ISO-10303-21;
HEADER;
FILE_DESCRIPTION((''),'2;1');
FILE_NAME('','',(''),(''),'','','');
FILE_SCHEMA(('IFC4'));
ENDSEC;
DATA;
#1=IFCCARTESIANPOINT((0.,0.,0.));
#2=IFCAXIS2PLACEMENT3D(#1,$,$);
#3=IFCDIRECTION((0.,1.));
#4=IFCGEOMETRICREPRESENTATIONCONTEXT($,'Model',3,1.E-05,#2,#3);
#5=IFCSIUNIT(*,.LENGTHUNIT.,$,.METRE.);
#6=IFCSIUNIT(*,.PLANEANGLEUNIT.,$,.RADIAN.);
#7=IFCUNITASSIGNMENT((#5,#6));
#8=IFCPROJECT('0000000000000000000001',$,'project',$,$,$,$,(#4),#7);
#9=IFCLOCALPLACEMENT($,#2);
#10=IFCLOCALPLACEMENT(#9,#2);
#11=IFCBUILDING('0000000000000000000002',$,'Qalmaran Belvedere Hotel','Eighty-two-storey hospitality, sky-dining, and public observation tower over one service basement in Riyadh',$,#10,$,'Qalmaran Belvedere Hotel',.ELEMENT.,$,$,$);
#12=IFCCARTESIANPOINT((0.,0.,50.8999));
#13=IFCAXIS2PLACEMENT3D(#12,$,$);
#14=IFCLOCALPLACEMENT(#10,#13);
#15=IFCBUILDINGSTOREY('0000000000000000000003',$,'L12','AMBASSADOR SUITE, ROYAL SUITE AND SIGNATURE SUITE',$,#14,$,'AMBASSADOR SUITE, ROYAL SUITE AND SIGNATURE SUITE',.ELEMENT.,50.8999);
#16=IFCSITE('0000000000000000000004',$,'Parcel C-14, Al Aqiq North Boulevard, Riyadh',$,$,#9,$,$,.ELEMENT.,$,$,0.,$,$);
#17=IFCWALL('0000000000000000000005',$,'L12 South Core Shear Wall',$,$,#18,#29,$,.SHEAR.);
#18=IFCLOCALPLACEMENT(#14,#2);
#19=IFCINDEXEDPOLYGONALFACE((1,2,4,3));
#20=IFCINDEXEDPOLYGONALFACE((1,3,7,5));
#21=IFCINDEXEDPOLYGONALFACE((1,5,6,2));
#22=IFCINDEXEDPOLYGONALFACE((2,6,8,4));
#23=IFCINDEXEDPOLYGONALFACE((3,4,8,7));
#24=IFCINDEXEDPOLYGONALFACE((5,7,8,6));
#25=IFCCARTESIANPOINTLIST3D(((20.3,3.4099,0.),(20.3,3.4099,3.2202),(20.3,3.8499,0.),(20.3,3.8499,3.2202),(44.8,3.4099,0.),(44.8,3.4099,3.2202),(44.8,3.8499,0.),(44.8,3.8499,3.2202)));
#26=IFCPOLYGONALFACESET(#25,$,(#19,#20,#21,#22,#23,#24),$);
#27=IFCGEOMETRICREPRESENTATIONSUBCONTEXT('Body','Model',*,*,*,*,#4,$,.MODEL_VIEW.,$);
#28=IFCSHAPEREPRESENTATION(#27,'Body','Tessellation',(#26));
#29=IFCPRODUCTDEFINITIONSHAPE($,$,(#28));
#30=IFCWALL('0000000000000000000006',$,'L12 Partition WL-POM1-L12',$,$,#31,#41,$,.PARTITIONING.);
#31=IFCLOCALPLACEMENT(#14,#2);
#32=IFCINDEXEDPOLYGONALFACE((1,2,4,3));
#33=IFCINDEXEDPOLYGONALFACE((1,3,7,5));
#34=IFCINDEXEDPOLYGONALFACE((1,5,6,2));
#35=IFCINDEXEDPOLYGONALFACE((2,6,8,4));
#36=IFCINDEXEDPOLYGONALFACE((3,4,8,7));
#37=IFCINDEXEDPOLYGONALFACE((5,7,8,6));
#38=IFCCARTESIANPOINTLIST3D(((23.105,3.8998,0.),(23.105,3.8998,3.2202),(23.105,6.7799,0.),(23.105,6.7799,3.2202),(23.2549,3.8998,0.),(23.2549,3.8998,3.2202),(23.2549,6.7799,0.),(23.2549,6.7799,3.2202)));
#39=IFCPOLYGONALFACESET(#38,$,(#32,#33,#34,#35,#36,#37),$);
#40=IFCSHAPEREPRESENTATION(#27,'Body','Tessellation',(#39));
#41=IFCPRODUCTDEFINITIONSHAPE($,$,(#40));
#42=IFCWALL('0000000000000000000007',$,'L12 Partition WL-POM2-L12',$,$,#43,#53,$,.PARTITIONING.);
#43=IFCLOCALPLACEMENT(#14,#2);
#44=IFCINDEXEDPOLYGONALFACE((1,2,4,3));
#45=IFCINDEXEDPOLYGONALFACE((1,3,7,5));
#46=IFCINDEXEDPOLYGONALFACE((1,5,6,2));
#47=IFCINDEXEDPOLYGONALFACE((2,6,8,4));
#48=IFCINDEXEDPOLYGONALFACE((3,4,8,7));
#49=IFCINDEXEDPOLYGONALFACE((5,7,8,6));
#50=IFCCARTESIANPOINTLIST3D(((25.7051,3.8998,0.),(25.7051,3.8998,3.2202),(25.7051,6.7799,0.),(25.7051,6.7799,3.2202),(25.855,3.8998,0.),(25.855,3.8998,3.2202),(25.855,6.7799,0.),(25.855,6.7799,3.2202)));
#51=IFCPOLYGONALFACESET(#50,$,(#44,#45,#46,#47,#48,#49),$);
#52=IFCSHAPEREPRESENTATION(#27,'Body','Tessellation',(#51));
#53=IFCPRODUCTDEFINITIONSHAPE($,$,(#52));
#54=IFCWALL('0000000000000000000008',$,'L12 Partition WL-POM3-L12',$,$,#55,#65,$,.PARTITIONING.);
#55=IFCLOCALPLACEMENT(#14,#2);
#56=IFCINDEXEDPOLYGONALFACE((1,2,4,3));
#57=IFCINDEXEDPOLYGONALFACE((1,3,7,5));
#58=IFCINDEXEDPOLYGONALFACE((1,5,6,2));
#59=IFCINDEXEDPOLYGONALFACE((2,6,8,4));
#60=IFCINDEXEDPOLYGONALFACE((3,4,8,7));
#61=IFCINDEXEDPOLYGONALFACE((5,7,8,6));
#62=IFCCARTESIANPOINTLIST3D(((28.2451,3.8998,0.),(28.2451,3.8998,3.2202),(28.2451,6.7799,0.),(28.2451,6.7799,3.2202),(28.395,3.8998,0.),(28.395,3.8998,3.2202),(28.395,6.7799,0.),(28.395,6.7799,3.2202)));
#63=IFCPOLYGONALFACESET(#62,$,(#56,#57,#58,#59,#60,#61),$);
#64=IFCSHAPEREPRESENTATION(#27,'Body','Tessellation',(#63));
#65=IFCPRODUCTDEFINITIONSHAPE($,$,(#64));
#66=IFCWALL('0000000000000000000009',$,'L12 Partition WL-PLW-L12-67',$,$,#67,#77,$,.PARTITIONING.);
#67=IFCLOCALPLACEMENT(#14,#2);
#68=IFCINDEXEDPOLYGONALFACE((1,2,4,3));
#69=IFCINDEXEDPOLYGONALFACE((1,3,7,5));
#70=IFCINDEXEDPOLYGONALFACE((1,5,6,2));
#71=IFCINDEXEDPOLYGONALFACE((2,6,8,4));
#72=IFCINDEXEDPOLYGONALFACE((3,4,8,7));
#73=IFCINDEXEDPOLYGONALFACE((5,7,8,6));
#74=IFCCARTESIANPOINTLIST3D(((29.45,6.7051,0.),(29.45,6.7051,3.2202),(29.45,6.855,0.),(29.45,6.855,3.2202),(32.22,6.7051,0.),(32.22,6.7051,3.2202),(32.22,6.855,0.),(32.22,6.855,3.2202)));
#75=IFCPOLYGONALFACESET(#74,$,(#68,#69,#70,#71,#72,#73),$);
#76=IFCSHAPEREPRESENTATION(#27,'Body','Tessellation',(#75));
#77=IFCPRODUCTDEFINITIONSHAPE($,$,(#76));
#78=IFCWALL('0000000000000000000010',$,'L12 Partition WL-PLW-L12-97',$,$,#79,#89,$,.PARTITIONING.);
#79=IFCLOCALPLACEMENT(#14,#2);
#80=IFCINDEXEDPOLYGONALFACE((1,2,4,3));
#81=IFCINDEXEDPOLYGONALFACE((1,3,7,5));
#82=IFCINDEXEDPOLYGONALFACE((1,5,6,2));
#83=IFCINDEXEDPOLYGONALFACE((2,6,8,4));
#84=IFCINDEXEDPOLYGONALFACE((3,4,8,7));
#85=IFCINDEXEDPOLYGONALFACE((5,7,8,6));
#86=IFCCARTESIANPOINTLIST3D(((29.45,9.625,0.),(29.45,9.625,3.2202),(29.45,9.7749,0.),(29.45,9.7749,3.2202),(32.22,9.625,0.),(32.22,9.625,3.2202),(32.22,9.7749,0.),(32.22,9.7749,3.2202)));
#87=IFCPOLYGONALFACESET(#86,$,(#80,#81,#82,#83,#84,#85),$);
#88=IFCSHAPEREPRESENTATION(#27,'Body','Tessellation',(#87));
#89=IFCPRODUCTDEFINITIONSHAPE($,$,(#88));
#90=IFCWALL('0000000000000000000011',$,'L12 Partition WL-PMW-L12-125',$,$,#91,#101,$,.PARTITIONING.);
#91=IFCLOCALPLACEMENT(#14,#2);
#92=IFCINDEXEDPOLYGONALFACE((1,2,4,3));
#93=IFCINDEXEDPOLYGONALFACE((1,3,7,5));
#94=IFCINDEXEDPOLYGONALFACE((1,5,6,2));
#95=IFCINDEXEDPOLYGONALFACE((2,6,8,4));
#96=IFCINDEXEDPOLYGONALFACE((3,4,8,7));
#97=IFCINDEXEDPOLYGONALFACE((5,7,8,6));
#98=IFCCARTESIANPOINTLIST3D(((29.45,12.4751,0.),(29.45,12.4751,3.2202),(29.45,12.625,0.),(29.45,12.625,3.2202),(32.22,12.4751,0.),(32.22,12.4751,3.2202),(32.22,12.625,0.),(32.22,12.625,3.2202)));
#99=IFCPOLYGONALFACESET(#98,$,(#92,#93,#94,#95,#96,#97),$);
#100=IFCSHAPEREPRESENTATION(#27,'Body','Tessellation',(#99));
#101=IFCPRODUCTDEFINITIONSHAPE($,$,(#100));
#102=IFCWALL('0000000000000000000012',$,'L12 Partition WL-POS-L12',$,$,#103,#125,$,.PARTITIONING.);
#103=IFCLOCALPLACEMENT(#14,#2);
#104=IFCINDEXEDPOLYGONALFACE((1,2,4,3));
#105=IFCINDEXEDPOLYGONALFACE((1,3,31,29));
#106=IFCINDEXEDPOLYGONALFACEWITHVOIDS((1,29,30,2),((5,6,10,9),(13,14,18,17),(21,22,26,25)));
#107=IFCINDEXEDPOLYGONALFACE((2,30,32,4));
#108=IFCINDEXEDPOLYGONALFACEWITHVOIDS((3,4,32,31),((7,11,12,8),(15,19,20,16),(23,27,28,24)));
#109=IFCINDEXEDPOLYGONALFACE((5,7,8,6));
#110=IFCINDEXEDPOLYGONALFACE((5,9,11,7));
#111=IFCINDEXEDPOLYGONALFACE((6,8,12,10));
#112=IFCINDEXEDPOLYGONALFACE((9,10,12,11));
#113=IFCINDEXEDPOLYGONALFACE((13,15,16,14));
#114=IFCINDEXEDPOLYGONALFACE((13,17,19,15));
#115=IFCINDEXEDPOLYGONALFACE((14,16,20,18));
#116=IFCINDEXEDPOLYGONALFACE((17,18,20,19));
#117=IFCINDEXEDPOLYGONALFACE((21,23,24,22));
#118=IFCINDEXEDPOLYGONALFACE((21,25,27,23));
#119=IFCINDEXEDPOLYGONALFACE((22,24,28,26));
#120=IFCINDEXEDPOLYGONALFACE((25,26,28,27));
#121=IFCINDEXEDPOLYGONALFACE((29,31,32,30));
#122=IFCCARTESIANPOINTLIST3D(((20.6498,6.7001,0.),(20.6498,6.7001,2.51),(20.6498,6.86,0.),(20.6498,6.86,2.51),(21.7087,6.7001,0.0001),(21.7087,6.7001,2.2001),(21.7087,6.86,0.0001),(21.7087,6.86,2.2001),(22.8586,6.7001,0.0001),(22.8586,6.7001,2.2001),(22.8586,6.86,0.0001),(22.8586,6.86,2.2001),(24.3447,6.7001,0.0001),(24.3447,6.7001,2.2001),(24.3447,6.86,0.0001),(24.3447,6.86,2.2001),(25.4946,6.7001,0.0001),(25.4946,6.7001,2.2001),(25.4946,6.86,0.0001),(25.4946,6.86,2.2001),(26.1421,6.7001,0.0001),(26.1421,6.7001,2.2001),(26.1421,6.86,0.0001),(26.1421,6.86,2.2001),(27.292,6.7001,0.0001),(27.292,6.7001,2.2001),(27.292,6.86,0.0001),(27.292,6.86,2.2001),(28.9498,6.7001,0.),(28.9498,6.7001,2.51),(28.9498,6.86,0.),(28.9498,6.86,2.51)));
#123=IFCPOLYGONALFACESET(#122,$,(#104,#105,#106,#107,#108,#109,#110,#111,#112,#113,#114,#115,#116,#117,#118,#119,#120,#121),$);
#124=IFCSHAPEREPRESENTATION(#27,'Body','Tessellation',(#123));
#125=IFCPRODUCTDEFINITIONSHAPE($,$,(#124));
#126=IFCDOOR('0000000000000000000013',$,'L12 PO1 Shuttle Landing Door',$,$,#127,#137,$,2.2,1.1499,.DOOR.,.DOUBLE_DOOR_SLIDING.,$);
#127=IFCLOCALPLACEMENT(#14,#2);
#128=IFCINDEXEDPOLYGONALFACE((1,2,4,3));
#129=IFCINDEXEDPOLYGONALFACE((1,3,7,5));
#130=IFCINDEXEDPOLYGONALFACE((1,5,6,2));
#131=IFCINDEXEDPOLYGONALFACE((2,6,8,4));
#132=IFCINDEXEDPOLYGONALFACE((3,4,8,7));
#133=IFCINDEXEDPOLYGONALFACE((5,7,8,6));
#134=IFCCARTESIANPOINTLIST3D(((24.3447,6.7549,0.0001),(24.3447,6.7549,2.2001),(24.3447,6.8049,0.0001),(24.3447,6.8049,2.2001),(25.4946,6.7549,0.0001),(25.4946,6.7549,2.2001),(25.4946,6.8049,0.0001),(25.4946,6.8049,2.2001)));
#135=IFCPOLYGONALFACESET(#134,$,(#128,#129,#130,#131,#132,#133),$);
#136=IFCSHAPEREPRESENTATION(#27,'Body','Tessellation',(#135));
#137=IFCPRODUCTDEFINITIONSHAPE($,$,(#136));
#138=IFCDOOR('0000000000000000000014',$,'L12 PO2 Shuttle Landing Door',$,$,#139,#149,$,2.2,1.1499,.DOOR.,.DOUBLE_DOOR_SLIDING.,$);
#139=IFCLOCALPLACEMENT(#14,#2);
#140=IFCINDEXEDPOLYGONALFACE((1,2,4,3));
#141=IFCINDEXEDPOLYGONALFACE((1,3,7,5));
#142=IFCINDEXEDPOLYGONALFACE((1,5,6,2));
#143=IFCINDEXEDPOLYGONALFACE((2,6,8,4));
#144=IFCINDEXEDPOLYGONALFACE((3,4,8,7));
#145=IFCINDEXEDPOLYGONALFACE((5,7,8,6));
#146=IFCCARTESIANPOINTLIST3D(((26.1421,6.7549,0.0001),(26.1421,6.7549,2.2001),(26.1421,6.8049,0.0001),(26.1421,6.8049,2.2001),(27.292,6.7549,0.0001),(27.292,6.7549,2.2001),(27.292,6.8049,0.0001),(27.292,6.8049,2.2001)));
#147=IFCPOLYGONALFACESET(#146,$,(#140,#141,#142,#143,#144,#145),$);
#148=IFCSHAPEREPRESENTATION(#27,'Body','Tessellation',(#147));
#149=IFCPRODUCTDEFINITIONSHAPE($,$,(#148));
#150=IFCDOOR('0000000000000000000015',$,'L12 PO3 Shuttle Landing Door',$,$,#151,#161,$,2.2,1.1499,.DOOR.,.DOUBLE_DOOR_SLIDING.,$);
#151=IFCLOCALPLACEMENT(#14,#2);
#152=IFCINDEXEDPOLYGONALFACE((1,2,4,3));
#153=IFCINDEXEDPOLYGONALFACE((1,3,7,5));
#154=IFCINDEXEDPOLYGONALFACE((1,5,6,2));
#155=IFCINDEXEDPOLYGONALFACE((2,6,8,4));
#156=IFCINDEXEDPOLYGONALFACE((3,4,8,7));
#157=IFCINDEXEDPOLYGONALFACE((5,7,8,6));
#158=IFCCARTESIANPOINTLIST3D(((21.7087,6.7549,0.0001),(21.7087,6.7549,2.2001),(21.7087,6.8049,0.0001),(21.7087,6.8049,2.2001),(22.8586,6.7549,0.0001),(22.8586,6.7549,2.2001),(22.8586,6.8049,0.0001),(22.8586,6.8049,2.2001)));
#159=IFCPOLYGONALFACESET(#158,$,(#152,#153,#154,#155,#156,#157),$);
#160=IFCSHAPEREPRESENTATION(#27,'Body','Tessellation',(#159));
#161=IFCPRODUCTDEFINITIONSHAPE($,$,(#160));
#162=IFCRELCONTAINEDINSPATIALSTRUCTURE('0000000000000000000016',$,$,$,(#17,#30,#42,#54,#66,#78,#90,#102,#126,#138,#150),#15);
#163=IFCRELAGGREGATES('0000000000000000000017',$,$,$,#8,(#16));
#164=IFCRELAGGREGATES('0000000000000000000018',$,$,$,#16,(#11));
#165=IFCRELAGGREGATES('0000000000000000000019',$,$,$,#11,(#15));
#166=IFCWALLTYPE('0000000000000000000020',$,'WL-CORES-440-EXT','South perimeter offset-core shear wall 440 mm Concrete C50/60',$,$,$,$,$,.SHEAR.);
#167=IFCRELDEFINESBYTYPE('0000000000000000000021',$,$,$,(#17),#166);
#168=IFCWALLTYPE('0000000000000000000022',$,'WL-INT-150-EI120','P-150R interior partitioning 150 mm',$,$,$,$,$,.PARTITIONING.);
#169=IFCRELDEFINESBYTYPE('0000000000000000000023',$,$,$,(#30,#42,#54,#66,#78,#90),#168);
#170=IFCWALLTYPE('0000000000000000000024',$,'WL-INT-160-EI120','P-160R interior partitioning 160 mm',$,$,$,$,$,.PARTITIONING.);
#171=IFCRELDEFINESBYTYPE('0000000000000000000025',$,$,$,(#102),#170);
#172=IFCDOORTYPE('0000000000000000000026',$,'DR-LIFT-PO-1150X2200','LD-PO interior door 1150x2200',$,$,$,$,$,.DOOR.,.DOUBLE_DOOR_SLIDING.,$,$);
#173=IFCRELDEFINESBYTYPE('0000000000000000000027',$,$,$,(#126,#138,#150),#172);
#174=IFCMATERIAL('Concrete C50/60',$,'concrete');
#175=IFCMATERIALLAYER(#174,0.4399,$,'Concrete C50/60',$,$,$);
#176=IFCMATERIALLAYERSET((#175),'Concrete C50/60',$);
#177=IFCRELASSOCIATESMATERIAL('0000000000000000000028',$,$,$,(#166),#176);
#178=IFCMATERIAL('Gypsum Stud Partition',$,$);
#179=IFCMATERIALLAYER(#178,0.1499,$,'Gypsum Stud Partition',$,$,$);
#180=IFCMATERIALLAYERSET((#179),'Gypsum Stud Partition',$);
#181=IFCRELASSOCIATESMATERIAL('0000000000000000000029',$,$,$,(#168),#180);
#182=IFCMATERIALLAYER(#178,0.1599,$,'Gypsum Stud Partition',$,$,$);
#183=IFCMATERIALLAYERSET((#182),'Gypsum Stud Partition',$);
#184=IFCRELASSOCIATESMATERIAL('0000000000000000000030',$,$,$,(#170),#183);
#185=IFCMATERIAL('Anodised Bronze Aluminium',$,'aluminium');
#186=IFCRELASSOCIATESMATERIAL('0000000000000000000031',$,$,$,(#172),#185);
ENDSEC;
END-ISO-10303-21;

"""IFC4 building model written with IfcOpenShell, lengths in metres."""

from ifc_helpers import new_model, si_unit, direction, frame, frame_2d, origin, place, context, subcontext, project, spatial, rectangle, extrude, material, layer, layer_set, type_object, element, fill, save


model = new_model("IFC4")

# Units and contexts
model_context = context("Model", 3, precision=1e-05, world=origin(), true_north=direction((0.0, 1.0)))
body_context = subcontext(model_context, "Body", "Model", "MODEL_VIEW")
ifc_project = project(units=[si_unit("LENGTHUNIT", "METRE"), si_unit("PLANEANGLEUNIT", "RADIAN")], contexts=[model_context])

# Site, building, storey
site_placement = place(None, origin())
site = spatial("IfcSite", under=ifc_project, at=site_placement, Name="Parcel C-14, Al Aqiq North Boulevard, Riyadh", CompositionType="ELEMENT", RefElevation=0.0)
building_placement = place(site_placement, origin())
building = spatial("IfcBuilding", under=site, at=building_placement, Name="Qalmaran Belvedere Hotel", Description="Eighty-two-storey hospitality, sky-dining, and public observation tower over one service basement in Riyadh", LongName="Qalmaran Belvedere Hotel", CompositionType="ELEMENT")
storey_placement = place(building_placement, frame((0.0, 0.0, 50.8999)))
storey = spatial("IfcBuildingStorey", under=building, at=storey_placement, Name="L12", Description="AMBASSADOR SUITE, ROYAL SUITE AND SIGNATURE SUITE", LongName="AMBASSADOR SUITE, ROYAL SUITE AND SIGNATURE SUITE", CompositionType="ELEMENT", Elevation=50.8999)

# Shared definitions
ifc_material_1 = material(Name="Anodised Bronze Aluminium", Category="aluminium")

# Walls
ifc_material_2 = material(Name="Concrete C50/60", Category="concrete")
ifc_layer_1 = layer(ifc_material_2, 0.4399, Name="Concrete C50/60")
ifc_layer_set_1 = layer_set([ifc_layer_1], Name="Concrete C50/60")
wall_type_1 = type_object("IfcWallType", Name="WL-CORES-440-EXT", Description="South perimeter offset-core shear wall 440 mm Concrete C50/60", PredefinedType="SHEAR", material=ifc_layer_set_1)
wall_1_placement = place(storey_placement, frame((20.3, 3.6299, 0.0), z_axis=(0.0, 0.0, 1.0), x_axis=(1.0, 0.0, 0.0)))
element("IfcWall", 1, at=wall_1_placement, inside=storey, type_object=wall_type_1, Name="L12 South Core Shear Wall", PredefinedType="SHEAR", context=body_context, shape_type="SweptSolid", body=[
    extrude(rectangle(XDim=24.5, YDim=0.4399, at=frame_2d((12.25, 0.0))), origin(), (0.0, 0.0, 1.0), 3.2202),
])
ifc_material_3 = material(Name="Gypsum Stud Partition")
ifc_layer_2 = layer(ifc_material_3, 0.1499, Name="Gypsum Stud Partition")
ifc_layer_set_2 = layer_set([ifc_layer_2], Name="Gypsum Stud Partition")
wall_type_2 = type_object("IfcWallType", Name="WL-INT-150-EI120", Description="P-150R interior partitioning 150 mm", PredefinedType="PARTITIONING", material=ifc_layer_set_2)
for number, where, z_axis, x_axis, name in (
    (2, (23.1799, 3.8999, 0.0), (0.0, 0.0, 1.0), (0.0, 1.0, 0.0), "L12 Partition WL-POM1-L12"),
    (3, (25.78, 3.8999, 0.0), (0.0, 0.0, 1.0), (0.0, 1.0, 0.0), "L12 Partition WL-POM2-L12"),
    (4, (28.3201, 3.8999, 0.0), (0.0, 0.0, 1.0), (0.0, 1.0, 0.0), "L12 Partition WL-POM3-L12"),
):
    element("IfcWall", number, at=place(storey_placement, frame(where, z_axis=z_axis, x_axis=x_axis)), inside=storey, type_object=wall_type_2, Name=name, PredefinedType="PARTITIONING", context=body_context, shape_type="SweptSolid", body=[
        extrude(rectangle(XDim=2.8801, YDim=0.1499, at=frame_2d((1.4399, 0.0))), origin(), (0.0, 0.0, 1.0), 3.2202),
    ])
for number, where, z_axis, x_axis, name in (
    (5, (29.45, 6.78, 0.0), (0.0, 0.0, 1.0), (1.0, 0.0, 0.0), "L12 Partition WL-PLW-L12-67"),
    (6, (29.45, 9.7, 0.0), (0.0, 0.0, 1.0), (1.0, 0.0, 0.0), "L12 Partition WL-PLW-L12-97"),
    (7, (29.45, 12.55, 0.0), (0.0, 0.0, 1.0), (1.0, 0.0, 0.0), "L12 Partition WL-PMW-L12-125"),
):
    element("IfcWall", number, at=place(storey_placement, frame(where, z_axis=z_axis, x_axis=x_axis)), inside=storey, type_object=wall_type_2, Name=name, PredefinedType="PARTITIONING", context=body_context, shape_type="SweptSolid", body=[
        extrude(rectangle(XDim=2.77, YDim=0.1499, at=frame_2d((1.385, 0.0))), origin(), (0.0, 0.0, 1.0), 3.2202),
    ])

# Wall, openings, doors
ifc_layer_3 = layer(ifc_material_3, 0.1599, Name="Gypsum Stud Partition")
ifc_layer_set_3 = layer_set([ifc_layer_3], Name="Gypsum Stud Partition")
wall_type_3 = type_object("IfcWallType", Name="WL-INT-160-EI120", Description="P-160R interior partitioning 160 mm", PredefinedType="PARTITIONING", material=ifc_layer_set_3)
wall_2_placement = place(storey_placement, frame((20.6499, 6.78, 0.0), z_axis=(0.0, 0.0, 1.0), x_axis=(1.0, 0.0, 0.0)))
wall_2 = element("IfcWall", 8, at=wall_2_placement, inside=storey, type_object=wall_type_3, Name="L12 Partition WL-POS-L12", PredefinedType="PARTITIONING", context=body_context, shape_type="SweptSolid", body=[
    extrude(rectangle(XDim=8.3, YDim=0.1599, at=frame_2d((4.1499, 0.0))), origin(), (0.0, 0.0, 1.0), 2.51),
])
opening_1_placement = place(wall_2_placement, frame((3.6948, 0.0, 0.0)))
opening_1 = element("IfcOpeningElement", 9, at=opening_1_placement, cuts=wall_2, PredefinedType="OPENING", context=body_context, shape_type="SweptSolid", body=[
    extrude(rectangle(XDim=1.1499, YDim=2.2, at=frame_2d((0.575, 1.1001))), frame((0.0, 0.0898, 0.0), z_axis=(0.0, -1.0, 0.0), x_axis=(1.0, 0.0, 0.0)), (0.0, 0.0, 1.0), 0.1799),
])
opening_2_placement = place(wall_2_placement, frame((5.4922, 0.0, 0.0)))
opening_2 = element("IfcOpeningElement", 10, at=opening_2_placement, cuts=wall_2, PredefinedType="OPENING", context=body_context, shape_type="SweptSolid", body=[
    extrude(rectangle(XDim=1.1499, YDim=2.2, at=frame_2d((0.575, 1.1001))), frame((0.0, 0.0898, 0.0), z_axis=(0.0, -1.0, 0.0), x_axis=(1.0, 0.0, 0.0)), (0.0, 0.0, 1.0), 0.1799),
])
opening_3_placement = place(wall_2_placement, frame((1.0588, 0.0, 0.0)))
opening_3 = element("IfcOpeningElement", 11, at=opening_3_placement, cuts=wall_2, PredefinedType="OPENING", context=body_context, shape_type="SweptSolid", body=[
    extrude(rectangle(XDim=1.1499, YDim=2.2, at=frame_2d((0.575, 1.1001))), frame((0.0, 0.0898, 0.0), z_axis=(0.0, -1.0, 0.0), x_axis=(1.0, 0.0, 0.0)), (0.0, 0.0, 1.0), 0.1799),
])
door_type_1 = type_object("IfcDoorType", Name="DR-LIFT-PO-1150X2200", Description="LD-PO interior door 1150x2200", OperationType="DOUBLE_DOOR_SLIDING", PredefinedType="DOOR", material=ifc_material_1)
door_1_placement = place(opening_1_placement, origin())
door_1 = element("IfcDoor", 12, at=door_1_placement, inside=storey, type_object=door_type_1, Name="L12 PO1 Shuttle Landing Door", OperationType="DOUBLE_DOOR_SLIDING", OverallHeight=2.2, OverallWidth=1.1499, PredefinedType="DOOR", context=body_context, shape_type="SweptSolid", body=[
    extrude(rectangle(XDim=1.1499, YDim=2.2, at=frame_2d((0.575, 1.1001))), frame((0.0, 0.0249, 0.0), z_axis=(0.0, -1.0, 0.0), x_axis=(1.0, 0.0, 0.0)), (0.0, 0.0, 1.0), 0.05),
])
fill(opening_1, door_1)
door_2_placement = place(opening_2_placement, origin())
door_2 = element("IfcDoor", 13, at=door_2_placement, inside=storey, type_object=door_type_1, Name="L12 PO2 Shuttle Landing Door", OperationType="DOUBLE_DOOR_SLIDING", OverallHeight=2.2, OverallWidth=1.1499, PredefinedType="DOOR", context=body_context, shape_type="SweptSolid", body=[
    extrude(rectangle(XDim=1.1499, YDim=2.2, at=frame_2d((0.575, 1.1001))), frame((0.0, 0.0249, 0.0), z_axis=(0.0, -1.0, 0.0), x_axis=(1.0, 0.0, 0.0)), (0.0, 0.0, 1.0), 0.05),
])
fill(opening_2, door_2)
door_3_placement = place(opening_3_placement, origin())
door_3 = element("IfcDoor", 14, at=door_3_placement, inside=storey, type_object=door_type_1, Name="L12 PO3 Shuttle Landing Door", OperationType="DOUBLE_DOOR_SLIDING", OverallHeight=2.2, OverallWidth=1.1499, PredefinedType="DOOR", context=body_context, shape_type="SweptSolid", body=[
    extrude(rectangle(XDim=1.1499, YDim=2.2, at=frame_2d((0.575, 1.1001))), frame((0.0, 0.0249, 0.0), z_axis=(0.0, -1.0, 0.0), x_axis=(1.0, 0.0, 0.0)), (0.0, 0.0, 1.0), 0.05),
])
fill(opening_3, door_3)

save(model, "model.ifc")
